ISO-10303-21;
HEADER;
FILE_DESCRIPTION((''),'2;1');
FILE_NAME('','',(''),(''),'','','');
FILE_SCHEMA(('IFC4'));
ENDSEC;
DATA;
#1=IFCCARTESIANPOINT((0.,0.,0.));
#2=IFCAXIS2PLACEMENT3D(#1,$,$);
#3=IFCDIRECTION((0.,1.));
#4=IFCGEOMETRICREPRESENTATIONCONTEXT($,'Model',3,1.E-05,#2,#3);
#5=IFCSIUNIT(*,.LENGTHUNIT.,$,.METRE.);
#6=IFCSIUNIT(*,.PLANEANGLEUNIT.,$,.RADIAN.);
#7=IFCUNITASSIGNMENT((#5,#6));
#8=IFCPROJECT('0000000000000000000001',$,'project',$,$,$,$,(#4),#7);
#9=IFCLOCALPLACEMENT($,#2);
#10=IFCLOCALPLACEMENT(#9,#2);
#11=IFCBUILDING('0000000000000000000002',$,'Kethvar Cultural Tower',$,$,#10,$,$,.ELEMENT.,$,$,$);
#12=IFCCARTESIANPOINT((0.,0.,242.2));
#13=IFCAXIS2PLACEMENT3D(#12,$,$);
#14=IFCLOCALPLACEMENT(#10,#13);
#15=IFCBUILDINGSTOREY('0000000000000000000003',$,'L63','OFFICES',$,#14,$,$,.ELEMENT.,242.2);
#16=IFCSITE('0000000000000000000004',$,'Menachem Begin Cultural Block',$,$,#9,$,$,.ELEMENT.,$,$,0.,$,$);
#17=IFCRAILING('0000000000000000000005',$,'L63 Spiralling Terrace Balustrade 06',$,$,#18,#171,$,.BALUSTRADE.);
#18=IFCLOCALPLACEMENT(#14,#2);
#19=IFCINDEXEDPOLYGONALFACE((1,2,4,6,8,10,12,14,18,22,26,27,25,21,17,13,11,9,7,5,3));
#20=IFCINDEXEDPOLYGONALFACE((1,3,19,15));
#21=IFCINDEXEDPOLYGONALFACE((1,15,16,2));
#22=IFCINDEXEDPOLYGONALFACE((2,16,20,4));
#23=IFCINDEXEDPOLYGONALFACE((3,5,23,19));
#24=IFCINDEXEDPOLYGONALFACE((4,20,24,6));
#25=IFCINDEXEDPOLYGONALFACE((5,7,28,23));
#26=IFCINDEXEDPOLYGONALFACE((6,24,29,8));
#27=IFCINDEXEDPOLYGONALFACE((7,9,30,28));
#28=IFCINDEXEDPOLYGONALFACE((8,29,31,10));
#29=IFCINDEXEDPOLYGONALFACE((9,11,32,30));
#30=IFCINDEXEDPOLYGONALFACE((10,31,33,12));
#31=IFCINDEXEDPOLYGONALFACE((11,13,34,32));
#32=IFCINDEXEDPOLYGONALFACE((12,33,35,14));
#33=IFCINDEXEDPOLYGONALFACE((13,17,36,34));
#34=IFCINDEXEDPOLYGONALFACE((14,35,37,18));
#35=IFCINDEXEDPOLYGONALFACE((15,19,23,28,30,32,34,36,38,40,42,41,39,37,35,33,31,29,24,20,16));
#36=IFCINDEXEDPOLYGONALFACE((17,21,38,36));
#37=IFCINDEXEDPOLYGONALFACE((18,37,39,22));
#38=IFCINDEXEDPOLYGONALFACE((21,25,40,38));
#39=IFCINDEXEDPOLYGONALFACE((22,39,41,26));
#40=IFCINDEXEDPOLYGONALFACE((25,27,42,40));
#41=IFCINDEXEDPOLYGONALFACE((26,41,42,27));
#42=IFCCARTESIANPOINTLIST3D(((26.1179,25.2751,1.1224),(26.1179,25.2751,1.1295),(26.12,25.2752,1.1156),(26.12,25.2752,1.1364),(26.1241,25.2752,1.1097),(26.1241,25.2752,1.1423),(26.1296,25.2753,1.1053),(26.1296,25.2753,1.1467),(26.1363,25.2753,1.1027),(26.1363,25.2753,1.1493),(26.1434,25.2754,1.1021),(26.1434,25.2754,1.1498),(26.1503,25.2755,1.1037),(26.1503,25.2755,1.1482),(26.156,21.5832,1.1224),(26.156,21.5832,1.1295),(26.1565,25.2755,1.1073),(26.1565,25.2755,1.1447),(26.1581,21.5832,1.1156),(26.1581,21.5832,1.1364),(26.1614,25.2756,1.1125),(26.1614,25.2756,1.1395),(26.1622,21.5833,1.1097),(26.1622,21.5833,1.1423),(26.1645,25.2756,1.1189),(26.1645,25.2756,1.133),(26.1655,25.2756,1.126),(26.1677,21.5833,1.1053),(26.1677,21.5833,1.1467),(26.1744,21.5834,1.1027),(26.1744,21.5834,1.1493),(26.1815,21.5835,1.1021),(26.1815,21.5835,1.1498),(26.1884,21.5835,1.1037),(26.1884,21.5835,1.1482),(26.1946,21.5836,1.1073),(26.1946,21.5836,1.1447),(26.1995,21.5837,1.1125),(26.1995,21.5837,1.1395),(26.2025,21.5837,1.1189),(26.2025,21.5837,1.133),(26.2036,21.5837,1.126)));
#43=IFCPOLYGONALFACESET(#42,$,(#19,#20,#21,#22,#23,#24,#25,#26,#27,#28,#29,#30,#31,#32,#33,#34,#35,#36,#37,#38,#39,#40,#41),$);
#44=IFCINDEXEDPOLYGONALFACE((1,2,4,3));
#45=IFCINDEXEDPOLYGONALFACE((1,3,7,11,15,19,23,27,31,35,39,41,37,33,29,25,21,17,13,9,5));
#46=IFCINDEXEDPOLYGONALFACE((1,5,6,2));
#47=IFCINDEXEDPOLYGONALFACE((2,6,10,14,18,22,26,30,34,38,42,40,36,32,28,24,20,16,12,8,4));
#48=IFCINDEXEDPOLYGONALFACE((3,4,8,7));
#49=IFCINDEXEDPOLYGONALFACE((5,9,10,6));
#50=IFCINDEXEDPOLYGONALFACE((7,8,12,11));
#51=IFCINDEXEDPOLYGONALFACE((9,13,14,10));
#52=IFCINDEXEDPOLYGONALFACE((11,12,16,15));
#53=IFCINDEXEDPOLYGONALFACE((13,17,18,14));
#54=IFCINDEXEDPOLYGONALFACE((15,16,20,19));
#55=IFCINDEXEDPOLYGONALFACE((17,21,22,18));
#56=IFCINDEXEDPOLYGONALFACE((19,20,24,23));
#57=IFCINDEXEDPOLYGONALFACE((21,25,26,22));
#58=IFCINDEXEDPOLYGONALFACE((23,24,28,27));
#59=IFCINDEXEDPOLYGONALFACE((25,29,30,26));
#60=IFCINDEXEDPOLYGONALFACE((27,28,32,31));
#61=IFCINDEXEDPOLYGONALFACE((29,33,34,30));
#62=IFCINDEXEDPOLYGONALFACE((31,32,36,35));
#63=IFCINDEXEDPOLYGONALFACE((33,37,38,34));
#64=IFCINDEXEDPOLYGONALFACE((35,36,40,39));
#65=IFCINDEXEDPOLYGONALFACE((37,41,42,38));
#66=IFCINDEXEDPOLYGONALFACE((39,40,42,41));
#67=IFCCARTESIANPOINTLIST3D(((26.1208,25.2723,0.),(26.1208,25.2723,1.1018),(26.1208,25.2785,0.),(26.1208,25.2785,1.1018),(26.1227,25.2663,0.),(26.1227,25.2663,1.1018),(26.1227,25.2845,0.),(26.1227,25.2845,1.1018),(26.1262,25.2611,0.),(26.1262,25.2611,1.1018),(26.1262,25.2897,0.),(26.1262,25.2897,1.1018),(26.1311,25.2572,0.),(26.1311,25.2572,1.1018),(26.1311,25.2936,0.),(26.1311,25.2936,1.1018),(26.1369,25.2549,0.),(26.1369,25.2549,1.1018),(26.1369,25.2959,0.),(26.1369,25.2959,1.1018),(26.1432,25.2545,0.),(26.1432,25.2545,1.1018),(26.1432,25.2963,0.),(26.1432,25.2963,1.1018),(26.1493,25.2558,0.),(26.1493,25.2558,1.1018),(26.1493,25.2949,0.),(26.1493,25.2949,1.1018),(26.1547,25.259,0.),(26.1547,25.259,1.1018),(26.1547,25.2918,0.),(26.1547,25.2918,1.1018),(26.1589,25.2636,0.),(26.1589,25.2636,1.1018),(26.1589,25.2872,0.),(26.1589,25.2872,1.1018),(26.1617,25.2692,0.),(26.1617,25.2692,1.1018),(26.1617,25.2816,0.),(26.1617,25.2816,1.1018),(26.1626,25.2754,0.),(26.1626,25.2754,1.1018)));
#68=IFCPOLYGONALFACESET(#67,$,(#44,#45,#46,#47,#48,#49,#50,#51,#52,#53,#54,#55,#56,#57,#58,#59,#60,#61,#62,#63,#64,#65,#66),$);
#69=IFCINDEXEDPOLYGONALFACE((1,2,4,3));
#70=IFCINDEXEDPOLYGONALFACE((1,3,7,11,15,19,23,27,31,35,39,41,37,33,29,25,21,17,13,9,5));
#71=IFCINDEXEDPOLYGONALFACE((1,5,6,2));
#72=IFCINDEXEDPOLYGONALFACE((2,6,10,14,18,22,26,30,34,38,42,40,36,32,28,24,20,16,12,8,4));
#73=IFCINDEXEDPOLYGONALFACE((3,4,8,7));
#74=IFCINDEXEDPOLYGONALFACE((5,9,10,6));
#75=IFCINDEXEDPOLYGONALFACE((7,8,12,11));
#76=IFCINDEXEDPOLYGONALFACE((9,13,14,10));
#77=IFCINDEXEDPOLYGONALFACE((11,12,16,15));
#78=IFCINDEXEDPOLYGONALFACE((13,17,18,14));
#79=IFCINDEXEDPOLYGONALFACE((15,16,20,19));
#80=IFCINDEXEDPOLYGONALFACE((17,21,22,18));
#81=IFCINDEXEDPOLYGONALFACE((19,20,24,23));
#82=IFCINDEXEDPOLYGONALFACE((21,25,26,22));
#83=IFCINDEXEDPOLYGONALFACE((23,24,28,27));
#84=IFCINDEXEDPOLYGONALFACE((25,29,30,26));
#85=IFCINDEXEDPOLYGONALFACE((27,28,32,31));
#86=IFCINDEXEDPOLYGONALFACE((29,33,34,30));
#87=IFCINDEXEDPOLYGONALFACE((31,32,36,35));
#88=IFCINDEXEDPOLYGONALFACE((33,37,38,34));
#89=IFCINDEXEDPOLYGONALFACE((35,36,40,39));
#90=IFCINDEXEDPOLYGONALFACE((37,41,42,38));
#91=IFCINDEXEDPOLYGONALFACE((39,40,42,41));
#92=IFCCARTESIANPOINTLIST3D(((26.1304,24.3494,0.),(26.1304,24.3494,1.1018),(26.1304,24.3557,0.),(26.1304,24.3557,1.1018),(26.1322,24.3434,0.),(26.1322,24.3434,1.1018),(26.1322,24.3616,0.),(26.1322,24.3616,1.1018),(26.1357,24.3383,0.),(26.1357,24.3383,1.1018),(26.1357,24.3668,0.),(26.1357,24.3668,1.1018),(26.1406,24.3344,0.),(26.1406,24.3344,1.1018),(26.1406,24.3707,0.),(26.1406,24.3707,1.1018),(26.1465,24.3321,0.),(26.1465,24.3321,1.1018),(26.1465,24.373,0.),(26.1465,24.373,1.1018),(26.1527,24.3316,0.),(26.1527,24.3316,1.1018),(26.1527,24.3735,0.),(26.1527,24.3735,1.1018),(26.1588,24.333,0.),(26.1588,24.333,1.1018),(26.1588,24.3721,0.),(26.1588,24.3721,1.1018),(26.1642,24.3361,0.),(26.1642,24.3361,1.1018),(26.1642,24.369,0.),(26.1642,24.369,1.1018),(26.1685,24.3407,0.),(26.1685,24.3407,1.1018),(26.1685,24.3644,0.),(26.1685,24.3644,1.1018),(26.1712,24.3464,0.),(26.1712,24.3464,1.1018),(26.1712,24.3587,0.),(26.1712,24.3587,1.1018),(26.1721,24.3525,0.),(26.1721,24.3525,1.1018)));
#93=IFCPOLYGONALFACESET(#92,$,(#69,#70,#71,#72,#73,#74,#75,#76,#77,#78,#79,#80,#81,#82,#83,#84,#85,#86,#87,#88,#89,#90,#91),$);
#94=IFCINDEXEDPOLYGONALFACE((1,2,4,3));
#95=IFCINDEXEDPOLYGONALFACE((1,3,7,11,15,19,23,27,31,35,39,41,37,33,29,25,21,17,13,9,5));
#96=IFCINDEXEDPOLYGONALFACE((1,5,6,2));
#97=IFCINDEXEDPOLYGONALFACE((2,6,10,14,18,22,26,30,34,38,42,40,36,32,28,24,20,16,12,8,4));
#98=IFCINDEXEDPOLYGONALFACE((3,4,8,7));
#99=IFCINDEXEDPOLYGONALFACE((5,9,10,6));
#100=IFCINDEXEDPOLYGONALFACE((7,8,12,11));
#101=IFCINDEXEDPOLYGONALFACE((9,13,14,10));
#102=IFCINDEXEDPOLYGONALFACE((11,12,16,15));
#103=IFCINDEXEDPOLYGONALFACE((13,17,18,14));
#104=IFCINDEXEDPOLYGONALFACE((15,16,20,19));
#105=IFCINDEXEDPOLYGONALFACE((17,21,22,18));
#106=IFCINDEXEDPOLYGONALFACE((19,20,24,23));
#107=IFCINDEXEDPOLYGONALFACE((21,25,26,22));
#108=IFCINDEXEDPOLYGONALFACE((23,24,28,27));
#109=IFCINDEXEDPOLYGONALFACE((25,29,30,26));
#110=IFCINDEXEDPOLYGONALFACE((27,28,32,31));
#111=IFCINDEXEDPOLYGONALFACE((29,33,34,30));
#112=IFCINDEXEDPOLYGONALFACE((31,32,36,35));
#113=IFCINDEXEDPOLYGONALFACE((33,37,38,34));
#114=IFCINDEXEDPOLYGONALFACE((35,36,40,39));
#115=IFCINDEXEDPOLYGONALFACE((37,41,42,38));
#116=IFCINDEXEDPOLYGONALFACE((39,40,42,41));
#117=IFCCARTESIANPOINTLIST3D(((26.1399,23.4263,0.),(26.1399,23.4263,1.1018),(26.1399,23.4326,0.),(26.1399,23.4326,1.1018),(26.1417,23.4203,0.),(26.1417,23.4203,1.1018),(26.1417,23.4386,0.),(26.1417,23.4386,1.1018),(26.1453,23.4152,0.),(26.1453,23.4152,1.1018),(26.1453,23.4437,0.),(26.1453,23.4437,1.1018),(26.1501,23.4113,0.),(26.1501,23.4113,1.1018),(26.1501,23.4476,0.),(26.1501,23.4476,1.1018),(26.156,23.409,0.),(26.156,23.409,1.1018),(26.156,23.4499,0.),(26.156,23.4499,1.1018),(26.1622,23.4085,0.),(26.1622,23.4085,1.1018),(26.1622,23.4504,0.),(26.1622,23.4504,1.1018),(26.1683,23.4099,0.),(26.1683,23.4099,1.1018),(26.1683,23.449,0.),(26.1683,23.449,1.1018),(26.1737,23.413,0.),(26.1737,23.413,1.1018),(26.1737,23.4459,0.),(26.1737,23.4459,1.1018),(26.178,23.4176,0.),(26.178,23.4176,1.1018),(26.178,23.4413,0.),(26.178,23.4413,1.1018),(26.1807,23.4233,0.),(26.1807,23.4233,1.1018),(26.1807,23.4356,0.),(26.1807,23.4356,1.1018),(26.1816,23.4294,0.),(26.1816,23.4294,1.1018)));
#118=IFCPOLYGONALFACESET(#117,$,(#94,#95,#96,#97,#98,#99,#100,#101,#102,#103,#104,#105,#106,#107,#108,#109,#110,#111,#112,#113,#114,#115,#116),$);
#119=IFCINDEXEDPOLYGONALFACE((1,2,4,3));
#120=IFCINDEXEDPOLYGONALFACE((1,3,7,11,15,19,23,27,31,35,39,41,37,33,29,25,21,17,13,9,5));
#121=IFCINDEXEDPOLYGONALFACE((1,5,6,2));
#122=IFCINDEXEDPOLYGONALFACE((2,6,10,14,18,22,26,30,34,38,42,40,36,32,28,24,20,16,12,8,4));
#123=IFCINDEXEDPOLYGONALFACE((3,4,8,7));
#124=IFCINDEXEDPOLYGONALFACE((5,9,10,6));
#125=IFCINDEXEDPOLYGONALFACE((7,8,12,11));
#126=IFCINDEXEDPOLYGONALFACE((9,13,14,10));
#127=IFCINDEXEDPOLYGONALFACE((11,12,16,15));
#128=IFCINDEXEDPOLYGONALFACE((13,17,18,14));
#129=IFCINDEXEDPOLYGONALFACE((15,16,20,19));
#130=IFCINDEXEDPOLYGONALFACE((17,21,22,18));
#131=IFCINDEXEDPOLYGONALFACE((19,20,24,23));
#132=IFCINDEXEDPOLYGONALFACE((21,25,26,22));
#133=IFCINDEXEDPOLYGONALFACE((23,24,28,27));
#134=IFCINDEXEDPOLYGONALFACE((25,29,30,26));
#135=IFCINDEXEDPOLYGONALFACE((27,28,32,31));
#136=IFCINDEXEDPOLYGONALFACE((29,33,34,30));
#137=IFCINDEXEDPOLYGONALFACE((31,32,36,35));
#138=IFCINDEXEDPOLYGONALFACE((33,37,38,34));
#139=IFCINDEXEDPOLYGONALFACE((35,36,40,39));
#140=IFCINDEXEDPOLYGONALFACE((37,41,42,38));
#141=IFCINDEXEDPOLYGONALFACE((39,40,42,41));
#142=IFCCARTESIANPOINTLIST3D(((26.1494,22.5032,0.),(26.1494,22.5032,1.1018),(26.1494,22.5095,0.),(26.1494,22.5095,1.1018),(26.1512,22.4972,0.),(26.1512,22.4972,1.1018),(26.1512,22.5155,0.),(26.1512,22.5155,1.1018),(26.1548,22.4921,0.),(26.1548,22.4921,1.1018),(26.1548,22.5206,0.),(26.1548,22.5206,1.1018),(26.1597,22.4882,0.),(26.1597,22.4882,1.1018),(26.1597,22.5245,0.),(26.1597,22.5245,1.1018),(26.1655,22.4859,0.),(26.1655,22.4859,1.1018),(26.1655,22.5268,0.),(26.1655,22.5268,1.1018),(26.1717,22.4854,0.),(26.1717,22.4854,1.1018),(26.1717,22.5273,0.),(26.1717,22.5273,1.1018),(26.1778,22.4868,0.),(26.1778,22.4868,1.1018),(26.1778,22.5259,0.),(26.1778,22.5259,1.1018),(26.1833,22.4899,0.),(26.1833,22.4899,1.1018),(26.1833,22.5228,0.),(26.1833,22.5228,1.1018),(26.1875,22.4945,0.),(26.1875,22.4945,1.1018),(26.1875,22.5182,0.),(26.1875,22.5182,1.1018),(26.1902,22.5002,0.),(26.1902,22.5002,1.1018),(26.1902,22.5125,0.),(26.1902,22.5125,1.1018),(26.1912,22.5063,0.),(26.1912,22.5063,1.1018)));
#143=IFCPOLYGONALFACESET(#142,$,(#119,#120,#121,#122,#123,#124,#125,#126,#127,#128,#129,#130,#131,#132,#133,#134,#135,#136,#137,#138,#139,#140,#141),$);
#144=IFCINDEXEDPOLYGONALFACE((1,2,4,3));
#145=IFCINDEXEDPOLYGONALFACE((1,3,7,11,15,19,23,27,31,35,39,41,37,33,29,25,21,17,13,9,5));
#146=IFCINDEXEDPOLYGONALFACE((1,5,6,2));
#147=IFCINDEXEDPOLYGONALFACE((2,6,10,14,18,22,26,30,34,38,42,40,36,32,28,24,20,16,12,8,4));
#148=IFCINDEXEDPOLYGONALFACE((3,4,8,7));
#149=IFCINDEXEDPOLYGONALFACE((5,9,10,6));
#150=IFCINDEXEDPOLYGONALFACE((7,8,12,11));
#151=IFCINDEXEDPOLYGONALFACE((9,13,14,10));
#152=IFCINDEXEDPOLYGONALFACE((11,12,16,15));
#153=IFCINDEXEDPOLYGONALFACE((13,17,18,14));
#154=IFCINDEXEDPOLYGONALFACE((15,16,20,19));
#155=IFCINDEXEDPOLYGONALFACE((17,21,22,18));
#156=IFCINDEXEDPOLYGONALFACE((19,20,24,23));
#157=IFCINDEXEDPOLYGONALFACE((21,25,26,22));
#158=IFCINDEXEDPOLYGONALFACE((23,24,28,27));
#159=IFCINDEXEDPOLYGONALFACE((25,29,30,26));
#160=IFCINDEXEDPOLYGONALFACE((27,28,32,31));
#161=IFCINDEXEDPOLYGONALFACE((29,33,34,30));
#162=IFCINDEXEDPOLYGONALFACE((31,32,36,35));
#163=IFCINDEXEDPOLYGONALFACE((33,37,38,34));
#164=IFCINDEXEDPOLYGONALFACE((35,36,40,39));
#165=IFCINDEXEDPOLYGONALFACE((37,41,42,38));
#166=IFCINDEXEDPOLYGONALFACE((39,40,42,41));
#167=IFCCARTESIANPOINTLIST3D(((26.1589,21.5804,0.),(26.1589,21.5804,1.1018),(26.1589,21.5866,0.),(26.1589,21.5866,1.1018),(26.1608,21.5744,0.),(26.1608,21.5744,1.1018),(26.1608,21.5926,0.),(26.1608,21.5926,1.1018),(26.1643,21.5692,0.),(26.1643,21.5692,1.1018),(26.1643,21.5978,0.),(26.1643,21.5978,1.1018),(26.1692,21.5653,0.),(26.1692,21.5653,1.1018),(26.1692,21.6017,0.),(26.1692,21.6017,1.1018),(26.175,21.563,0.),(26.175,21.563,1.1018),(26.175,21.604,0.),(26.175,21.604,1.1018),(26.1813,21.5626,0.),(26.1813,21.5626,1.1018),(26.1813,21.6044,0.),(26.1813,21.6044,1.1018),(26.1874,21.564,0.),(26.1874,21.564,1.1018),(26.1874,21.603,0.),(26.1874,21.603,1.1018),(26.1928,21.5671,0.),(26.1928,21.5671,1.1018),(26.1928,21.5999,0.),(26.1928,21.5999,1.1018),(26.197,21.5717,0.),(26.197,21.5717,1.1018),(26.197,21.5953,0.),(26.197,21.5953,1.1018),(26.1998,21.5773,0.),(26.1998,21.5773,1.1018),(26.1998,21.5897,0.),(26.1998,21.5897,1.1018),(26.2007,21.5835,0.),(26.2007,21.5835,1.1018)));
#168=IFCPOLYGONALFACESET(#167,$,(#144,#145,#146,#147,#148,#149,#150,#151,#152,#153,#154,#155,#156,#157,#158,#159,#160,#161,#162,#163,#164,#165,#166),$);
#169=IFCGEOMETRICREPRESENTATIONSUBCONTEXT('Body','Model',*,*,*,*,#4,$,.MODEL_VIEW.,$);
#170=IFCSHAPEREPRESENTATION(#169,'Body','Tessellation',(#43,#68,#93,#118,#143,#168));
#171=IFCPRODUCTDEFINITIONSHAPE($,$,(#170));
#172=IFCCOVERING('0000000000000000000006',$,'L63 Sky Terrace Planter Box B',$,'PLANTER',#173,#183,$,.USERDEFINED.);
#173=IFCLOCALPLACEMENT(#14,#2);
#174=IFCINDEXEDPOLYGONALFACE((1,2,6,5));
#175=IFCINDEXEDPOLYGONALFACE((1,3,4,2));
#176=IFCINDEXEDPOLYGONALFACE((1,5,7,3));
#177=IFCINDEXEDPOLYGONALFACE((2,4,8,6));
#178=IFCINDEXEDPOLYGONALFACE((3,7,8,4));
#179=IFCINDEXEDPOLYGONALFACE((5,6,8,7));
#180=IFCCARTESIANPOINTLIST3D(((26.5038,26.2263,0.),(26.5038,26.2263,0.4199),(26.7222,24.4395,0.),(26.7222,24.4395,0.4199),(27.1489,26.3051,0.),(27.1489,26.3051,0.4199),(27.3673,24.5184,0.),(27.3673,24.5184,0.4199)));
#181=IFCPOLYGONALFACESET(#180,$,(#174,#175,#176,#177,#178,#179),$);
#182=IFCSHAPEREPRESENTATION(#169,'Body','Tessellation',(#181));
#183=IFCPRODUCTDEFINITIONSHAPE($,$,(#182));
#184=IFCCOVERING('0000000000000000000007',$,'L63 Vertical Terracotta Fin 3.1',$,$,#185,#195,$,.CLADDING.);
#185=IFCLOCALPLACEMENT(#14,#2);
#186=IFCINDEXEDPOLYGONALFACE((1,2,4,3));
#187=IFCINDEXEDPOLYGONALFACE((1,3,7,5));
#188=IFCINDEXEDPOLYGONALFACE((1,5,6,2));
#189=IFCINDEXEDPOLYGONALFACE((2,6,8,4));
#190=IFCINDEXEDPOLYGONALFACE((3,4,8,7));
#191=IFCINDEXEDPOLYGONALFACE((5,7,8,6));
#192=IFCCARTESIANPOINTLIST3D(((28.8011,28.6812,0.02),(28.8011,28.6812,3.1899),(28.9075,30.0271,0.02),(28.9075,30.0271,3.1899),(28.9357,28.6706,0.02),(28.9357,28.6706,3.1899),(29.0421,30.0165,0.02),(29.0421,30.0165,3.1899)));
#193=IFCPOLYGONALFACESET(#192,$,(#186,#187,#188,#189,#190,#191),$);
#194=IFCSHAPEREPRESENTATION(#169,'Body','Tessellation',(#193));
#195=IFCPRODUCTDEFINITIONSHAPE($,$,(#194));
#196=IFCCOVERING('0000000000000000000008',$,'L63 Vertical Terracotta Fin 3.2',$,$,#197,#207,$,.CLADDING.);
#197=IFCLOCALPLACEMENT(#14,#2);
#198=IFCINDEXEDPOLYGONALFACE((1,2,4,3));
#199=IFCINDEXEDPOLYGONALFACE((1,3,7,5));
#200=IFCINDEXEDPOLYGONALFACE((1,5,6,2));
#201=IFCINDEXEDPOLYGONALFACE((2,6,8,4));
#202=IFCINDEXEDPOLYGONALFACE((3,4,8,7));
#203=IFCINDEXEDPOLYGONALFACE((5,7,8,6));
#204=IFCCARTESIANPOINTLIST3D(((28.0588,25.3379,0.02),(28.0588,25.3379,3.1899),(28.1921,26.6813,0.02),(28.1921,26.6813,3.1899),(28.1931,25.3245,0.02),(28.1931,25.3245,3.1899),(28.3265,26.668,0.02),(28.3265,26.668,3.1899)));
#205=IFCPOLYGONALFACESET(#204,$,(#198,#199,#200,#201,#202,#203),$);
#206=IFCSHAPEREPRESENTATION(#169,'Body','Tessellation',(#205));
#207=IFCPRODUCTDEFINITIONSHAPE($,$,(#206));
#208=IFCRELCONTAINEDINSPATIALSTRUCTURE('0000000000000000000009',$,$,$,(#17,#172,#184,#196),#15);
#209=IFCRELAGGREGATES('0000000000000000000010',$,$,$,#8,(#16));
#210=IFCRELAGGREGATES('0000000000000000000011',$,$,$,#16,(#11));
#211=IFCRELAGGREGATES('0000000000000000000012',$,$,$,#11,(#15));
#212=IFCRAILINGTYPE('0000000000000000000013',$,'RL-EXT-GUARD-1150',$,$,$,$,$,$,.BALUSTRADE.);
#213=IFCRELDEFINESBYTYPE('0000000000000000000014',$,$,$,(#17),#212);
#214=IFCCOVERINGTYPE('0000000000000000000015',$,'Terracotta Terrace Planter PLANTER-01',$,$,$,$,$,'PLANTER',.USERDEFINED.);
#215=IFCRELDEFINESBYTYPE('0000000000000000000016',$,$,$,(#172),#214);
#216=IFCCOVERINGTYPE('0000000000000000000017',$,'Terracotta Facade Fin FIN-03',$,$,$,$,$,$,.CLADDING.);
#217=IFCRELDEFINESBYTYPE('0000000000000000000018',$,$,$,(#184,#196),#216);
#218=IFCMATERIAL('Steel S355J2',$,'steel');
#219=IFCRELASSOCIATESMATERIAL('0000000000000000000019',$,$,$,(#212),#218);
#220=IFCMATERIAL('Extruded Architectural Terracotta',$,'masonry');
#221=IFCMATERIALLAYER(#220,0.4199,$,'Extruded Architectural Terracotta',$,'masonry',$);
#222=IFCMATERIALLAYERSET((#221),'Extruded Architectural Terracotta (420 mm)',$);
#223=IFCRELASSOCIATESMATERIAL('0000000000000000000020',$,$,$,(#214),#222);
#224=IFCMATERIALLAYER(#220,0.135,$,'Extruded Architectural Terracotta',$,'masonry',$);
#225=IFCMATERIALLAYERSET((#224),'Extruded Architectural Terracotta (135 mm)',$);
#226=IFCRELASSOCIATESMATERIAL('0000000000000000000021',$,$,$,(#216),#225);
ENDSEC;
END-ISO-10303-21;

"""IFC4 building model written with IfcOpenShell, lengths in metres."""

from ifc_helpers import new_model, si_unit, direction, frame, origin, origin_2d, place, context, subcontext, project, spatial, rectangle, circle, extrude, source, transform, mapped, material, layer, layer_set, type_object, element, save


model = new_model("IFC4")

# Units and contexts
model_context = context("Model", 3, precision=1e-05, world=origin(), true_north=direction((0.0, 1.0)))
body_context = subcontext(model_context, "Body", "Model", "MODEL_VIEW")
ifc_project = project(units=[si_unit("LENGTHUNIT", "METRE"), si_unit("PLANEANGLEUNIT", "RADIAN")], contexts=[model_context])

# Site, building, storey
site_placement = place(None, origin())
site = spatial("IfcSite", under=ifc_project, at=site_placement, Name="Menachem Begin Cultural Block", CompositionType="ELEMENT", RefElevation=0.0)
building_placement = place(site_placement, origin())
building = spatial("IfcBuilding", under=site, at=building_placement, Name="Kethvar Cultural Tower", CompositionType="ELEMENT")
storey_placement = place(building_placement, frame((0.0, 0.0, 242.2)))
storey = spatial("IfcBuildingStorey", under=building, at=storey_placement, Name="L63", Description="OFFICES", CompositionType="ELEMENT", Elevation=242.2)

# Shared definitions
ifc_material_1 = material(Name="Steel S355J2", Category="steel")

# Railing
railing_type = type_object("IfcRailingType", Name="RL-EXT-GUARD-1150", PredefinedType="BALUSTRADE", material=ifc_material_1)
railing_1_placement = place(storey_placement, frame((26.1416, 25.2754, 0.0)))
element("IfcRailing", 1, at=railing_1_placement, inside=storey, type_object=railing_type, Name="L63 Spiralling Terrace Balustrade 06", PredefinedType="BALUSTRADE", context=body_context, shape_type="SweptSolid", body=[
    extrude(circle(Radius=0.0239, at=origin_2d()), frame((0.0, 0.0, 1.126), z_axis=(0.010316, -0.999947, 0.0), x_axis=(0.999947, 0.010316, 0.0)), (0.0, 0.0, 1.0), 3.6921),
    extrude(circle(Radius=0.021, at=origin_2d()), origin(), (0.0, 0.0, 1.0), 1.1018),
    extrude(circle(Radius=0.021, at=origin_2d()), frame((0.0095, -0.9229, 0.0)), (0.0, 0.0, 1.0), 1.1018),
    extrude(circle(Radius=0.021, at=origin_2d()), frame((0.019, -1.8459, 0.0)), (0.0, 0.0, 1.0), 1.1018),
    extrude(circle(Radius=0.021, at=origin_2d()), frame((0.0286, -2.769, 0.0)), (0.0, 0.0, 1.0), 1.1018),
    extrude(circle(Radius=0.021, at=origin_2d()), frame((0.0381, -3.6919, 0.0)), (0.0, 0.0, 1.0), 1.1018),
])

# Coverings
ifc_material_2 = material(Name="Extruded Architectural Terracotta", Category="masonry")
ifc_layer_1 = layer(ifc_material_2, 0.4199, Name="Extruded Architectural Terracotta", Category="masonry")
ifc_layer_set_1 = layer_set([ifc_layer_1], Name="Extruded Architectural Terracotta (420 mm)")
covering_type_1 = type_object("IfcCoveringType", Name="Terracotta Terrace Planter PLANTER-01", ElementType="PLANTER", PredefinedType="USERDEFINED", material=ifc_layer_set_1)
shared_shape_1 = source(origin(), body_context, "Body", "SweptSolid", [
    extrude(rectangle(XDim=1.8, YDim=0.6499, at=origin_2d()), origin(), (0.0, 0.0, 1.0), 0.4199),
])
covering_placement = place(storey_placement, frame((26.9355, 25.3723, 0.0), z_axis=(0.0, 0.0, 1.0), x_axis=(0.12135, -0.99261, 0.0)))
element("IfcCovering", 2, at=covering_placement, inside=storey, type_object=covering_type_1, Name="L63 Sky Terrace Planter Box B", ObjectType="PLANTER", PredefinedType="USERDEFINED", context=body_context, shape_type="MappedRepresentation", body=[
    mapped(shared_shape_1, transform((0.0, 0.0, 0.0), scale=1.0)),
])
ifc_layer_2 = layer(ifc_material_2, 0.135, Name="Extruded Architectural Terracotta", Category="masonry")
ifc_layer_set_2 = layer_set([ifc_layer_2], Name="Extruded Architectural Terracotta (135 mm)")
covering_type_2 = type_object("IfcCoveringType", Name="Terracotta Facade Fin FIN-03", PredefinedType="CLADDING", material=ifc_layer_set_2)
shared_shape_2 = source(origin(), body_context, "Body", "SweptSolid", [
    extrude(rectangle(XDim=1.3501, YDim=0.135, at=origin_2d()), origin(), (0.0, 0.0, 1.0), 3.1699),
])
for number, where, z_axis, x_axis, name in (
    (3, (28.9216, 29.3489, 0.02), (0.0, 0.0, 1.0), (0.078807, 0.99689, 0.0), "L63 Vertical Terracotta Fin 3.1"),
    (4, (28.1926, 26.0029, 0.02), (0.0, 0.0, 1.0), (0.098799, 0.995107, 0.0), "L63 Vertical Terracotta Fin 3.2"),
):
    element("IfcCovering", number, at=place(storey_placement, frame(where, z_axis=z_axis, x_axis=x_axis)), inside=storey, type_object=covering_type_2, Name=name, PredefinedType="CLADDING", context=body_context, shape_type="MappedRepresentation", body=[
        mapped(shared_shape_2, transform((0.0, 0.0, 0.0), scale=1.0)),
    ])

save(model, "model.ifc")
